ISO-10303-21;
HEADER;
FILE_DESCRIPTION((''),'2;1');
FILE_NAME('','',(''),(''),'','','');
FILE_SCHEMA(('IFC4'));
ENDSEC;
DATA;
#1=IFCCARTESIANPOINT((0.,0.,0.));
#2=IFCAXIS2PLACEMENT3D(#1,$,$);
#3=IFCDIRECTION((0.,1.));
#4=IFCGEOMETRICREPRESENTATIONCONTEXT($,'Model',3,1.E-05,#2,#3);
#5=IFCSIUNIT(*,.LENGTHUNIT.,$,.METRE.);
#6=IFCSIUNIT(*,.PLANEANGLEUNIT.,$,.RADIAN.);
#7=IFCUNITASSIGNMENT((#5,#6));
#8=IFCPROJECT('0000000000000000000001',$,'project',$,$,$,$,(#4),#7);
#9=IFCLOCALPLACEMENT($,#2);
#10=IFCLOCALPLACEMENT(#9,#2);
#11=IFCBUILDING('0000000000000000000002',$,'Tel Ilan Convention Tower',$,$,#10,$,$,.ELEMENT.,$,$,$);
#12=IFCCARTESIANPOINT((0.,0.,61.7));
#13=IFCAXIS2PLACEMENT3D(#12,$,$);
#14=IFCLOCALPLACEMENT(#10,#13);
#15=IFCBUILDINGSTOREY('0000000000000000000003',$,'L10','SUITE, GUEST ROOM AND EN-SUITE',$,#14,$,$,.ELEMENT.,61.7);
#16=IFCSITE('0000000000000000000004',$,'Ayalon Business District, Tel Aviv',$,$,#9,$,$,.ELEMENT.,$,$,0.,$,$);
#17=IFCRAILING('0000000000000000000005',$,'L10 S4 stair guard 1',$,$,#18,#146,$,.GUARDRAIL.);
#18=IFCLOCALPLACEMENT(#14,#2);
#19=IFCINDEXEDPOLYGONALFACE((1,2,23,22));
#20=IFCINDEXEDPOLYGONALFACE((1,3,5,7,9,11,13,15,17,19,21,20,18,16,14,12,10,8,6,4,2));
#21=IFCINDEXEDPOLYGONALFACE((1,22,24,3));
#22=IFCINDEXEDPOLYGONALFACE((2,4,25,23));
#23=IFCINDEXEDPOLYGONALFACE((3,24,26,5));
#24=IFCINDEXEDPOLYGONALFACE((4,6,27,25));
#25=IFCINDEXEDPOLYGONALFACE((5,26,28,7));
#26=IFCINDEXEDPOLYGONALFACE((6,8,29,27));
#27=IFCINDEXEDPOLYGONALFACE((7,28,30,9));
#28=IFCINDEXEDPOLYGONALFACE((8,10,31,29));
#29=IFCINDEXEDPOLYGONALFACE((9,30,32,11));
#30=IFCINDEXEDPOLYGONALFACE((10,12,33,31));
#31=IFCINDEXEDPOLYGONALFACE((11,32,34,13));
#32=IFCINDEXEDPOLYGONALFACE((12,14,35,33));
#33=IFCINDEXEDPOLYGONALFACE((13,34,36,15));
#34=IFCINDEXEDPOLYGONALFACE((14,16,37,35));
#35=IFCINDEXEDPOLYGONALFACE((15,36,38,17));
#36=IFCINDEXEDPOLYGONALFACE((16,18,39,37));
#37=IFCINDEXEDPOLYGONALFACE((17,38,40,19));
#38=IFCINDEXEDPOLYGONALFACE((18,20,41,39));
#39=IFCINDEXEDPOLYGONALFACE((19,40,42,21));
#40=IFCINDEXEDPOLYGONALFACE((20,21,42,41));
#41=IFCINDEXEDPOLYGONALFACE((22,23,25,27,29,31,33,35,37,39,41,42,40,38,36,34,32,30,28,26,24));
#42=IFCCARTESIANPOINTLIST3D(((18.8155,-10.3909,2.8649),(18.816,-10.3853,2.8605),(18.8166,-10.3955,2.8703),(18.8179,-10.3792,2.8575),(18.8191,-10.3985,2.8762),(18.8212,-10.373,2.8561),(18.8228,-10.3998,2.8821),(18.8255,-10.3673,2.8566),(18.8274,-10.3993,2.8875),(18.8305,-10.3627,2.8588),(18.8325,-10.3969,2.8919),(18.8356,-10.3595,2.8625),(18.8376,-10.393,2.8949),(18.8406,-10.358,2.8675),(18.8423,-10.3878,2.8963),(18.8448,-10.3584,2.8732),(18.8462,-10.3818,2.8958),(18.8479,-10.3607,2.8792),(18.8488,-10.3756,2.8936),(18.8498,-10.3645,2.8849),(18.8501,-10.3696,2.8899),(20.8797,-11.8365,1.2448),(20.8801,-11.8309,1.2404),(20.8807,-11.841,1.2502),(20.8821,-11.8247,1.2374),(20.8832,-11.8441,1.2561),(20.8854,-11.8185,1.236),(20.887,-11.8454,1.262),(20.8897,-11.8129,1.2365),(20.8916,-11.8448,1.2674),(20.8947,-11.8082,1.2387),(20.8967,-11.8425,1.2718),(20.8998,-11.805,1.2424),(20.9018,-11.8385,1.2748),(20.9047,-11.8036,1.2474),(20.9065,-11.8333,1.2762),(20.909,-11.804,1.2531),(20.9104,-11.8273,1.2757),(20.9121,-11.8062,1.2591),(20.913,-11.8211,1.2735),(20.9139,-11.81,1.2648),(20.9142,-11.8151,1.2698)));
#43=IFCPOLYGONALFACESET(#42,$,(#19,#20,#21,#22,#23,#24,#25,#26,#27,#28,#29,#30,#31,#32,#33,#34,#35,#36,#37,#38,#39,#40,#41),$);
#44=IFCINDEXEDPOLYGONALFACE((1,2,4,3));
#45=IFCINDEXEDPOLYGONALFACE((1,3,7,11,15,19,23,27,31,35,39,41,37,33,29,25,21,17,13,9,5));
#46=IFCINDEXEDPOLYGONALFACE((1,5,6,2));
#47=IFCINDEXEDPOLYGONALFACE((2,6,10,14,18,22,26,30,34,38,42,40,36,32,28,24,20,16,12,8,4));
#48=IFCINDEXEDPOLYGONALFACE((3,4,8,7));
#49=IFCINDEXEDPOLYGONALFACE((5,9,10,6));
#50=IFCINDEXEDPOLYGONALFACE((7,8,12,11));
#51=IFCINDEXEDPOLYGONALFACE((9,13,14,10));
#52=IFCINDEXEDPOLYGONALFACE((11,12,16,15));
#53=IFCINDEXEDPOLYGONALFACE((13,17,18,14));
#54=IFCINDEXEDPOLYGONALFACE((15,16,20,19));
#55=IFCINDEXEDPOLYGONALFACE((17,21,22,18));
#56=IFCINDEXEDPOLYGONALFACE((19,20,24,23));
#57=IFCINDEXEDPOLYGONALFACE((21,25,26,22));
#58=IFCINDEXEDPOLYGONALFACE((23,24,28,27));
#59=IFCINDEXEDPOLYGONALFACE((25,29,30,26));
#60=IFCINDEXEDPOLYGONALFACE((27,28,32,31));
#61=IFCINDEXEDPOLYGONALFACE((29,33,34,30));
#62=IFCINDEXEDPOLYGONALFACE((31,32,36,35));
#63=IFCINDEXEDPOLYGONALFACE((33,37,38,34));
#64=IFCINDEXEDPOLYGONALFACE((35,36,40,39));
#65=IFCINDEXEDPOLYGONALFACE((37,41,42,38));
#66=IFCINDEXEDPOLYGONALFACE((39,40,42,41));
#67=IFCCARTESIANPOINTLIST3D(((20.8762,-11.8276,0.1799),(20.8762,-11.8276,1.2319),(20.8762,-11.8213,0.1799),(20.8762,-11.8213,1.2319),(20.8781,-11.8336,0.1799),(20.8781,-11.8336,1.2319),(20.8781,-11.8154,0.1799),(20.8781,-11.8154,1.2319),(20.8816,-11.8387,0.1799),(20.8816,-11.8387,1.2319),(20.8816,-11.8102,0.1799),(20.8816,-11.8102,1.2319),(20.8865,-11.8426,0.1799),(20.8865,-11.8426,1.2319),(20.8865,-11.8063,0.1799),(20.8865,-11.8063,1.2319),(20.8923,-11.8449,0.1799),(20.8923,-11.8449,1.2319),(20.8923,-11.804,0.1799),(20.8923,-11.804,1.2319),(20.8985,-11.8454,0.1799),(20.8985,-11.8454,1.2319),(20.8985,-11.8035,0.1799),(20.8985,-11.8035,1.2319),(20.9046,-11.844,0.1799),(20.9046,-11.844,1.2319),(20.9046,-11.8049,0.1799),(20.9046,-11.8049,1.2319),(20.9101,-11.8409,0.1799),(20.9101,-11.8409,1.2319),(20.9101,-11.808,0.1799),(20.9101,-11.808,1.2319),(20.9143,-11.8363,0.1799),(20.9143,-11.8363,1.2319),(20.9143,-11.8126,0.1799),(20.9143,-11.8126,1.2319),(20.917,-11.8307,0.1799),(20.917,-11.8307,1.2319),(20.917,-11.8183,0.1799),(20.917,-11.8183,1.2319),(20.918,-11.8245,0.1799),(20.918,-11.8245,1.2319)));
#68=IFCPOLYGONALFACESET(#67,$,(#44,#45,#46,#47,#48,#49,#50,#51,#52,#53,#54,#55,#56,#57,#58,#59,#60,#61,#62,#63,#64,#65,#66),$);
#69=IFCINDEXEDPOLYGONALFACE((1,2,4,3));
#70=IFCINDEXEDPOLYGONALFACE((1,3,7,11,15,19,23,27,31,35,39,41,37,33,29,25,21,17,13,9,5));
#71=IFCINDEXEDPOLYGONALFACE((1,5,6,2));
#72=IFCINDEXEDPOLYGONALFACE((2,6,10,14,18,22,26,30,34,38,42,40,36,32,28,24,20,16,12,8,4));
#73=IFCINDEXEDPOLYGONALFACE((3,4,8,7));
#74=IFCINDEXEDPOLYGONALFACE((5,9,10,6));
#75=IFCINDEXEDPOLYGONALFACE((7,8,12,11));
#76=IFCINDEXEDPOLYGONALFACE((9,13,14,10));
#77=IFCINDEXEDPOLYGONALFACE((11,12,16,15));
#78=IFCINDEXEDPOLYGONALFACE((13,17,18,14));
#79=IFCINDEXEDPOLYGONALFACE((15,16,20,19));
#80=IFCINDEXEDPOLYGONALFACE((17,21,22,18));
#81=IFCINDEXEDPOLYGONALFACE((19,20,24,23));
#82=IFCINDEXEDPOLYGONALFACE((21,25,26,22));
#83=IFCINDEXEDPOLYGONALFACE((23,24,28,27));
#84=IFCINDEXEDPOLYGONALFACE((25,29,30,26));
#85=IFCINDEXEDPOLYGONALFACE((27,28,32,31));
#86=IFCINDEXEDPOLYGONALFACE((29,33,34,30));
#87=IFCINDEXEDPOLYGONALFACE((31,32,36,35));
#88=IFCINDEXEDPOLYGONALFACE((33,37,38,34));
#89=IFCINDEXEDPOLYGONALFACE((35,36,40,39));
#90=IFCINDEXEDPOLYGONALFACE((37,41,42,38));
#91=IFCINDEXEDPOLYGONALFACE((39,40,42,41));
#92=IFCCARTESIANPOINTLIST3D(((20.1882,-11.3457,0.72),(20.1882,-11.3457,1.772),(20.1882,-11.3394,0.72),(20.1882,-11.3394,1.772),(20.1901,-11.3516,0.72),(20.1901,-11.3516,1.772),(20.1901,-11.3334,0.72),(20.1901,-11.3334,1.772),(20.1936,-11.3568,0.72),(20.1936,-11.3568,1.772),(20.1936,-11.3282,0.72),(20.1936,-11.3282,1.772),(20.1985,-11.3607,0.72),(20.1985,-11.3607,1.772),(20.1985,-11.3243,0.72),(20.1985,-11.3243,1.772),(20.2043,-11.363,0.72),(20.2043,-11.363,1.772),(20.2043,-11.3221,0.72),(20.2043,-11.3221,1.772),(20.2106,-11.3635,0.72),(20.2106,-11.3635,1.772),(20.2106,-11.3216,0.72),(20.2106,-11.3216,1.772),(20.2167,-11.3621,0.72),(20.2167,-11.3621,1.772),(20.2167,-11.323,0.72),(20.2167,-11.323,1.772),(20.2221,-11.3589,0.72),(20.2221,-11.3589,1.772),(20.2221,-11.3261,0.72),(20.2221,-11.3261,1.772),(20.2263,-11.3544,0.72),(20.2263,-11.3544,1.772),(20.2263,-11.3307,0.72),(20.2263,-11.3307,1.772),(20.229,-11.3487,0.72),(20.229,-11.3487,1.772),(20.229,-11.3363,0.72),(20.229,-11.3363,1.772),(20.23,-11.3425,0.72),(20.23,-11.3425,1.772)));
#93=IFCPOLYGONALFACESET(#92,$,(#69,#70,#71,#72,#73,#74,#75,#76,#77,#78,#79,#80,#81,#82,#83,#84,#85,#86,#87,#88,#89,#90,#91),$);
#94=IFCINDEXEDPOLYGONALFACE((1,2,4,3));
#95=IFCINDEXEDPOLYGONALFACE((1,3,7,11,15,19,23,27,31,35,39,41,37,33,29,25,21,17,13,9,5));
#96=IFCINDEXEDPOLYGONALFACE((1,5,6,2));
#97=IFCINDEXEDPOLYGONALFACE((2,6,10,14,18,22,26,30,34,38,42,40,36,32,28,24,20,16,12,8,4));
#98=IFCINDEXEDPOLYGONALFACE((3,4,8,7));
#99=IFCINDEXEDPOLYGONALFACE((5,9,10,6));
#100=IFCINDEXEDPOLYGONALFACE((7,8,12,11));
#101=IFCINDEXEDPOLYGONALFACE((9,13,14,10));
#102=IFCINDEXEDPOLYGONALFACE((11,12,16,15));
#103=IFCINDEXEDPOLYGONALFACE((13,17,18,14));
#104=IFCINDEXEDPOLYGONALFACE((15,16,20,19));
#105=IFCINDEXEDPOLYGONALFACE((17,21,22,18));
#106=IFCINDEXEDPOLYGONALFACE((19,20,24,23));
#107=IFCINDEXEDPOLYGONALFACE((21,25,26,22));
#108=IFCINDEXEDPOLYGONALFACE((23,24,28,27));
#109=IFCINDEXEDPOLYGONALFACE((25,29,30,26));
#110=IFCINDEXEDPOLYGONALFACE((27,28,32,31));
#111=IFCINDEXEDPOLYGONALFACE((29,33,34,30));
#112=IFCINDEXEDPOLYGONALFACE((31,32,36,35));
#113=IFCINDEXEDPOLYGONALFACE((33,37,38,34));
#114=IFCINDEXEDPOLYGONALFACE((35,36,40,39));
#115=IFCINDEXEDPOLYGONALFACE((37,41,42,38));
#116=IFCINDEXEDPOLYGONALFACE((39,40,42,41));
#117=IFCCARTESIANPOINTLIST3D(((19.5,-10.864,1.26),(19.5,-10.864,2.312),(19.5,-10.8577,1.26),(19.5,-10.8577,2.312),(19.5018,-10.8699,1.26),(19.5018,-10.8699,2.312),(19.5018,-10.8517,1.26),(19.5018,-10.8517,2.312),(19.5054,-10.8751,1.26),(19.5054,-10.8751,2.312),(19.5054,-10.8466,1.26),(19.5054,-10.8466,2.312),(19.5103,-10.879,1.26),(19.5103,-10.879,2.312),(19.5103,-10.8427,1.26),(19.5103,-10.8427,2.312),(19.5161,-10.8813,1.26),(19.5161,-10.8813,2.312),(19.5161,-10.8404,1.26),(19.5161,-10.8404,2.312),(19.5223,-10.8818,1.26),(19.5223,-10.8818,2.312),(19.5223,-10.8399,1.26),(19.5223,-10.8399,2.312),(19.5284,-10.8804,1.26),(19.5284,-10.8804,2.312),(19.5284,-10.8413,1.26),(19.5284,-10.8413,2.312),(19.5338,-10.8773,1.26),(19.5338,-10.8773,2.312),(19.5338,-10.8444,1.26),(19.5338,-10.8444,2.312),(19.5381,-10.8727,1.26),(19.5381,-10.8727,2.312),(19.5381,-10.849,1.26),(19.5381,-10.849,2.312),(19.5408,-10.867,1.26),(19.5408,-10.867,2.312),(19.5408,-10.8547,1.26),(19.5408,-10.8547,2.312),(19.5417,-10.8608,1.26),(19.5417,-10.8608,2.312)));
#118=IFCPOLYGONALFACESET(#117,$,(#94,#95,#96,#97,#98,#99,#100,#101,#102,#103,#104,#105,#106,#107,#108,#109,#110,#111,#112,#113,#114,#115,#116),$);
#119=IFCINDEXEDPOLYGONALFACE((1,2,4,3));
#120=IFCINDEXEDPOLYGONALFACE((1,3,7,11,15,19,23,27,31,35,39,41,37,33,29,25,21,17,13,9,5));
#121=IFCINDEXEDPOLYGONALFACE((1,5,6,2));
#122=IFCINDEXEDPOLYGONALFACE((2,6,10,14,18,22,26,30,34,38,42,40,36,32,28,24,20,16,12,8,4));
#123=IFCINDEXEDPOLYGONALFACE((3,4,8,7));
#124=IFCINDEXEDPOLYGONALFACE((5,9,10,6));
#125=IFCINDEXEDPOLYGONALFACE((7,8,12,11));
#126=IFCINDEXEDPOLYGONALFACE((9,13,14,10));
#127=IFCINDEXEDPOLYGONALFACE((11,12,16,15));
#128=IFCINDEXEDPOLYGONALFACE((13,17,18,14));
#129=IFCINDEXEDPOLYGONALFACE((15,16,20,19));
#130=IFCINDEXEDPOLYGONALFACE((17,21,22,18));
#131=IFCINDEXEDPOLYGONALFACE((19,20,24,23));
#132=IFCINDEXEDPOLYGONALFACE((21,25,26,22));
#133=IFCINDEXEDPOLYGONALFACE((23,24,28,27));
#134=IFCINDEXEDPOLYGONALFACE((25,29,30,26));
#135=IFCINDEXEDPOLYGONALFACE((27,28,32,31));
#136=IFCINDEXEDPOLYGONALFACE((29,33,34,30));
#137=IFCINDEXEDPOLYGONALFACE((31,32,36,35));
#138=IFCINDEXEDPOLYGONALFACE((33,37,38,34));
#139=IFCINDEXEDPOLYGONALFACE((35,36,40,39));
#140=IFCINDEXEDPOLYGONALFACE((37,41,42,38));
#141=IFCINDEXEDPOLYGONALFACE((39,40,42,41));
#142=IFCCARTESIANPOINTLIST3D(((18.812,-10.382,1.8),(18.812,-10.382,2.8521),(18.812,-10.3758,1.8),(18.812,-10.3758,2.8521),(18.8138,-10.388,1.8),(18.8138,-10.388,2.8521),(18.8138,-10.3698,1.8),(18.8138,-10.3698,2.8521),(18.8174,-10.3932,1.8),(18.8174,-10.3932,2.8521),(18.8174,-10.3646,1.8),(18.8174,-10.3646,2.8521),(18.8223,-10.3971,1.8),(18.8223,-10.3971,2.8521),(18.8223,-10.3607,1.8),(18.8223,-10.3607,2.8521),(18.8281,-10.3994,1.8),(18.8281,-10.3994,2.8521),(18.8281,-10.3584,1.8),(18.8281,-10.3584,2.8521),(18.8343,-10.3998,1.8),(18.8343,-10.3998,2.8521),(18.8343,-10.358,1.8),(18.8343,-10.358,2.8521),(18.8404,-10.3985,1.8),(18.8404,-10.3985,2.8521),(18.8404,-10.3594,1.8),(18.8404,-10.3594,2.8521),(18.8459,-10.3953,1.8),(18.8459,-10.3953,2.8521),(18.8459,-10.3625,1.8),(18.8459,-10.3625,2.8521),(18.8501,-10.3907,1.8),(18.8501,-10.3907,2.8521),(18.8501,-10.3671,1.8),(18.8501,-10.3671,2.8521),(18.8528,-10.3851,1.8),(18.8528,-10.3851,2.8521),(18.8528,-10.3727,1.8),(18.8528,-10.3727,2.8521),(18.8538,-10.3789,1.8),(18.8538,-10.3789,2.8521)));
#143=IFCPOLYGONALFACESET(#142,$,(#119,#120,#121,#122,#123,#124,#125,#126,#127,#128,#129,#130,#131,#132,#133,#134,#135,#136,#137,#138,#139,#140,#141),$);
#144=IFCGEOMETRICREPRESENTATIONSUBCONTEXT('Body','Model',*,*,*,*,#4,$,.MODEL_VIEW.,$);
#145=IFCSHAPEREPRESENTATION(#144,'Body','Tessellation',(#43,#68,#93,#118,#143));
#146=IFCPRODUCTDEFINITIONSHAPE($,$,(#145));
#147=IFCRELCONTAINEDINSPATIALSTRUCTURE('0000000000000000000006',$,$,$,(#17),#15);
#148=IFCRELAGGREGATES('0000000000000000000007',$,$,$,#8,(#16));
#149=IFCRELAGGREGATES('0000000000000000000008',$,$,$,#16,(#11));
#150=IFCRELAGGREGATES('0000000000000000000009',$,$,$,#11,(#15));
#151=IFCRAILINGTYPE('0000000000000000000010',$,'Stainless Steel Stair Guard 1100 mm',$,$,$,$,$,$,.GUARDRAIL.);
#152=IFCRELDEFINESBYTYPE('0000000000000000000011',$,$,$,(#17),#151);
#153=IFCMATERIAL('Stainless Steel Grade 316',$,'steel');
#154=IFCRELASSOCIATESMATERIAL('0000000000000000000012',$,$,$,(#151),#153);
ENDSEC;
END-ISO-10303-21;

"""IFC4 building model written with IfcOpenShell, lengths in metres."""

from ifc_helpers import new_model, si_unit, direction, frame, origin, origin_2d, place, context, subcontext, project, spatial, circle, extrude, material, type_object, element, save


model = new_model("IFC4")

# Units and contexts
model_context = context("Model", 3, precision=1e-05, world=origin(), true_north=direction((0.0, 1.0)))
body_context = subcontext(model_context, "Body", "Model", "MODEL_VIEW")
ifc_project = project(units=[si_unit("LENGTHUNIT", "METRE"), si_unit("PLANEANGLEUNIT", "RADIAN")], contexts=[model_context])

# Site, building, storey
site_placement = place(None, origin())
site = spatial("IfcSite", under=ifc_project, at=site_placement, Name="Ayalon Business District, Tel Aviv", CompositionType="ELEMENT", RefElevation=0.0)
building_placement = place(site_placement, origin())
building = spatial("IfcBuilding", under=site, at=building_placement, Name="Tel Ilan Convention Tower", CompositionType="ELEMENT")
storey_placement = place(building_placement, frame((0.0, 0.0, 61.7)))
storey = spatial("IfcBuildingStorey", under=building, at=storey_placement, Name="L10", Description="SUITE, GUEST ROOM AND EN-SUITE", CompositionType="ELEMENT", Elevation=61.7)

# Railing
ifc_material_1 = material(Name="Stainless Steel Grade 316", Category="steel")
railing_type_1 = type_object("IfcRailingType", Name="Stainless Steel Stair Guard 1100 mm", PredefinedType="GUARDRAIL", material=ifc_material_1)
railing_1_placement = place(storey_placement, frame((20.897, -11.8245, 0.1799)))
element("IfcRailing", 1, at=railing_1_placement, inside=storey, type_object=railing_type_1, Name="L10 S4 stair guard 1", PredefinedType="GUARDRAIL", context=body_context, shape_type="SweptSolid", body=[
    extrude(circle(Radius=0.0239, at=origin_2d()), frame((0.0, 0.0, 1.0762), z_axis=(-0.689013, 0.482513, 0.540779), x_axis=(-0.573625, -0.819118, 0.0)), (0.0, 0.0, 1.0), 2.9958),
    extrude(circle(Radius=0.021, at=origin_2d()), origin(), (0.0, 0.0, 1.0), 1.052),
    extrude(circle(Radius=0.021, at=origin_2d()), frame((-0.688, 0.4819, 0.54)), (0.0, 0.0, 1.0), 1.052),
    extrude(circle(Radius=0.021, at=origin_2d()), frame((-1.3762, 0.9636, 1.0801)), (0.0, 0.0, 1.0), 1.052),
    extrude(circle(Radius=0.021, at=origin_2d()), frame((-2.0642, 1.4456, 1.6201)), (0.0, 0.0, 1.0), 1.052),
])

save(model, "model.ifc")
